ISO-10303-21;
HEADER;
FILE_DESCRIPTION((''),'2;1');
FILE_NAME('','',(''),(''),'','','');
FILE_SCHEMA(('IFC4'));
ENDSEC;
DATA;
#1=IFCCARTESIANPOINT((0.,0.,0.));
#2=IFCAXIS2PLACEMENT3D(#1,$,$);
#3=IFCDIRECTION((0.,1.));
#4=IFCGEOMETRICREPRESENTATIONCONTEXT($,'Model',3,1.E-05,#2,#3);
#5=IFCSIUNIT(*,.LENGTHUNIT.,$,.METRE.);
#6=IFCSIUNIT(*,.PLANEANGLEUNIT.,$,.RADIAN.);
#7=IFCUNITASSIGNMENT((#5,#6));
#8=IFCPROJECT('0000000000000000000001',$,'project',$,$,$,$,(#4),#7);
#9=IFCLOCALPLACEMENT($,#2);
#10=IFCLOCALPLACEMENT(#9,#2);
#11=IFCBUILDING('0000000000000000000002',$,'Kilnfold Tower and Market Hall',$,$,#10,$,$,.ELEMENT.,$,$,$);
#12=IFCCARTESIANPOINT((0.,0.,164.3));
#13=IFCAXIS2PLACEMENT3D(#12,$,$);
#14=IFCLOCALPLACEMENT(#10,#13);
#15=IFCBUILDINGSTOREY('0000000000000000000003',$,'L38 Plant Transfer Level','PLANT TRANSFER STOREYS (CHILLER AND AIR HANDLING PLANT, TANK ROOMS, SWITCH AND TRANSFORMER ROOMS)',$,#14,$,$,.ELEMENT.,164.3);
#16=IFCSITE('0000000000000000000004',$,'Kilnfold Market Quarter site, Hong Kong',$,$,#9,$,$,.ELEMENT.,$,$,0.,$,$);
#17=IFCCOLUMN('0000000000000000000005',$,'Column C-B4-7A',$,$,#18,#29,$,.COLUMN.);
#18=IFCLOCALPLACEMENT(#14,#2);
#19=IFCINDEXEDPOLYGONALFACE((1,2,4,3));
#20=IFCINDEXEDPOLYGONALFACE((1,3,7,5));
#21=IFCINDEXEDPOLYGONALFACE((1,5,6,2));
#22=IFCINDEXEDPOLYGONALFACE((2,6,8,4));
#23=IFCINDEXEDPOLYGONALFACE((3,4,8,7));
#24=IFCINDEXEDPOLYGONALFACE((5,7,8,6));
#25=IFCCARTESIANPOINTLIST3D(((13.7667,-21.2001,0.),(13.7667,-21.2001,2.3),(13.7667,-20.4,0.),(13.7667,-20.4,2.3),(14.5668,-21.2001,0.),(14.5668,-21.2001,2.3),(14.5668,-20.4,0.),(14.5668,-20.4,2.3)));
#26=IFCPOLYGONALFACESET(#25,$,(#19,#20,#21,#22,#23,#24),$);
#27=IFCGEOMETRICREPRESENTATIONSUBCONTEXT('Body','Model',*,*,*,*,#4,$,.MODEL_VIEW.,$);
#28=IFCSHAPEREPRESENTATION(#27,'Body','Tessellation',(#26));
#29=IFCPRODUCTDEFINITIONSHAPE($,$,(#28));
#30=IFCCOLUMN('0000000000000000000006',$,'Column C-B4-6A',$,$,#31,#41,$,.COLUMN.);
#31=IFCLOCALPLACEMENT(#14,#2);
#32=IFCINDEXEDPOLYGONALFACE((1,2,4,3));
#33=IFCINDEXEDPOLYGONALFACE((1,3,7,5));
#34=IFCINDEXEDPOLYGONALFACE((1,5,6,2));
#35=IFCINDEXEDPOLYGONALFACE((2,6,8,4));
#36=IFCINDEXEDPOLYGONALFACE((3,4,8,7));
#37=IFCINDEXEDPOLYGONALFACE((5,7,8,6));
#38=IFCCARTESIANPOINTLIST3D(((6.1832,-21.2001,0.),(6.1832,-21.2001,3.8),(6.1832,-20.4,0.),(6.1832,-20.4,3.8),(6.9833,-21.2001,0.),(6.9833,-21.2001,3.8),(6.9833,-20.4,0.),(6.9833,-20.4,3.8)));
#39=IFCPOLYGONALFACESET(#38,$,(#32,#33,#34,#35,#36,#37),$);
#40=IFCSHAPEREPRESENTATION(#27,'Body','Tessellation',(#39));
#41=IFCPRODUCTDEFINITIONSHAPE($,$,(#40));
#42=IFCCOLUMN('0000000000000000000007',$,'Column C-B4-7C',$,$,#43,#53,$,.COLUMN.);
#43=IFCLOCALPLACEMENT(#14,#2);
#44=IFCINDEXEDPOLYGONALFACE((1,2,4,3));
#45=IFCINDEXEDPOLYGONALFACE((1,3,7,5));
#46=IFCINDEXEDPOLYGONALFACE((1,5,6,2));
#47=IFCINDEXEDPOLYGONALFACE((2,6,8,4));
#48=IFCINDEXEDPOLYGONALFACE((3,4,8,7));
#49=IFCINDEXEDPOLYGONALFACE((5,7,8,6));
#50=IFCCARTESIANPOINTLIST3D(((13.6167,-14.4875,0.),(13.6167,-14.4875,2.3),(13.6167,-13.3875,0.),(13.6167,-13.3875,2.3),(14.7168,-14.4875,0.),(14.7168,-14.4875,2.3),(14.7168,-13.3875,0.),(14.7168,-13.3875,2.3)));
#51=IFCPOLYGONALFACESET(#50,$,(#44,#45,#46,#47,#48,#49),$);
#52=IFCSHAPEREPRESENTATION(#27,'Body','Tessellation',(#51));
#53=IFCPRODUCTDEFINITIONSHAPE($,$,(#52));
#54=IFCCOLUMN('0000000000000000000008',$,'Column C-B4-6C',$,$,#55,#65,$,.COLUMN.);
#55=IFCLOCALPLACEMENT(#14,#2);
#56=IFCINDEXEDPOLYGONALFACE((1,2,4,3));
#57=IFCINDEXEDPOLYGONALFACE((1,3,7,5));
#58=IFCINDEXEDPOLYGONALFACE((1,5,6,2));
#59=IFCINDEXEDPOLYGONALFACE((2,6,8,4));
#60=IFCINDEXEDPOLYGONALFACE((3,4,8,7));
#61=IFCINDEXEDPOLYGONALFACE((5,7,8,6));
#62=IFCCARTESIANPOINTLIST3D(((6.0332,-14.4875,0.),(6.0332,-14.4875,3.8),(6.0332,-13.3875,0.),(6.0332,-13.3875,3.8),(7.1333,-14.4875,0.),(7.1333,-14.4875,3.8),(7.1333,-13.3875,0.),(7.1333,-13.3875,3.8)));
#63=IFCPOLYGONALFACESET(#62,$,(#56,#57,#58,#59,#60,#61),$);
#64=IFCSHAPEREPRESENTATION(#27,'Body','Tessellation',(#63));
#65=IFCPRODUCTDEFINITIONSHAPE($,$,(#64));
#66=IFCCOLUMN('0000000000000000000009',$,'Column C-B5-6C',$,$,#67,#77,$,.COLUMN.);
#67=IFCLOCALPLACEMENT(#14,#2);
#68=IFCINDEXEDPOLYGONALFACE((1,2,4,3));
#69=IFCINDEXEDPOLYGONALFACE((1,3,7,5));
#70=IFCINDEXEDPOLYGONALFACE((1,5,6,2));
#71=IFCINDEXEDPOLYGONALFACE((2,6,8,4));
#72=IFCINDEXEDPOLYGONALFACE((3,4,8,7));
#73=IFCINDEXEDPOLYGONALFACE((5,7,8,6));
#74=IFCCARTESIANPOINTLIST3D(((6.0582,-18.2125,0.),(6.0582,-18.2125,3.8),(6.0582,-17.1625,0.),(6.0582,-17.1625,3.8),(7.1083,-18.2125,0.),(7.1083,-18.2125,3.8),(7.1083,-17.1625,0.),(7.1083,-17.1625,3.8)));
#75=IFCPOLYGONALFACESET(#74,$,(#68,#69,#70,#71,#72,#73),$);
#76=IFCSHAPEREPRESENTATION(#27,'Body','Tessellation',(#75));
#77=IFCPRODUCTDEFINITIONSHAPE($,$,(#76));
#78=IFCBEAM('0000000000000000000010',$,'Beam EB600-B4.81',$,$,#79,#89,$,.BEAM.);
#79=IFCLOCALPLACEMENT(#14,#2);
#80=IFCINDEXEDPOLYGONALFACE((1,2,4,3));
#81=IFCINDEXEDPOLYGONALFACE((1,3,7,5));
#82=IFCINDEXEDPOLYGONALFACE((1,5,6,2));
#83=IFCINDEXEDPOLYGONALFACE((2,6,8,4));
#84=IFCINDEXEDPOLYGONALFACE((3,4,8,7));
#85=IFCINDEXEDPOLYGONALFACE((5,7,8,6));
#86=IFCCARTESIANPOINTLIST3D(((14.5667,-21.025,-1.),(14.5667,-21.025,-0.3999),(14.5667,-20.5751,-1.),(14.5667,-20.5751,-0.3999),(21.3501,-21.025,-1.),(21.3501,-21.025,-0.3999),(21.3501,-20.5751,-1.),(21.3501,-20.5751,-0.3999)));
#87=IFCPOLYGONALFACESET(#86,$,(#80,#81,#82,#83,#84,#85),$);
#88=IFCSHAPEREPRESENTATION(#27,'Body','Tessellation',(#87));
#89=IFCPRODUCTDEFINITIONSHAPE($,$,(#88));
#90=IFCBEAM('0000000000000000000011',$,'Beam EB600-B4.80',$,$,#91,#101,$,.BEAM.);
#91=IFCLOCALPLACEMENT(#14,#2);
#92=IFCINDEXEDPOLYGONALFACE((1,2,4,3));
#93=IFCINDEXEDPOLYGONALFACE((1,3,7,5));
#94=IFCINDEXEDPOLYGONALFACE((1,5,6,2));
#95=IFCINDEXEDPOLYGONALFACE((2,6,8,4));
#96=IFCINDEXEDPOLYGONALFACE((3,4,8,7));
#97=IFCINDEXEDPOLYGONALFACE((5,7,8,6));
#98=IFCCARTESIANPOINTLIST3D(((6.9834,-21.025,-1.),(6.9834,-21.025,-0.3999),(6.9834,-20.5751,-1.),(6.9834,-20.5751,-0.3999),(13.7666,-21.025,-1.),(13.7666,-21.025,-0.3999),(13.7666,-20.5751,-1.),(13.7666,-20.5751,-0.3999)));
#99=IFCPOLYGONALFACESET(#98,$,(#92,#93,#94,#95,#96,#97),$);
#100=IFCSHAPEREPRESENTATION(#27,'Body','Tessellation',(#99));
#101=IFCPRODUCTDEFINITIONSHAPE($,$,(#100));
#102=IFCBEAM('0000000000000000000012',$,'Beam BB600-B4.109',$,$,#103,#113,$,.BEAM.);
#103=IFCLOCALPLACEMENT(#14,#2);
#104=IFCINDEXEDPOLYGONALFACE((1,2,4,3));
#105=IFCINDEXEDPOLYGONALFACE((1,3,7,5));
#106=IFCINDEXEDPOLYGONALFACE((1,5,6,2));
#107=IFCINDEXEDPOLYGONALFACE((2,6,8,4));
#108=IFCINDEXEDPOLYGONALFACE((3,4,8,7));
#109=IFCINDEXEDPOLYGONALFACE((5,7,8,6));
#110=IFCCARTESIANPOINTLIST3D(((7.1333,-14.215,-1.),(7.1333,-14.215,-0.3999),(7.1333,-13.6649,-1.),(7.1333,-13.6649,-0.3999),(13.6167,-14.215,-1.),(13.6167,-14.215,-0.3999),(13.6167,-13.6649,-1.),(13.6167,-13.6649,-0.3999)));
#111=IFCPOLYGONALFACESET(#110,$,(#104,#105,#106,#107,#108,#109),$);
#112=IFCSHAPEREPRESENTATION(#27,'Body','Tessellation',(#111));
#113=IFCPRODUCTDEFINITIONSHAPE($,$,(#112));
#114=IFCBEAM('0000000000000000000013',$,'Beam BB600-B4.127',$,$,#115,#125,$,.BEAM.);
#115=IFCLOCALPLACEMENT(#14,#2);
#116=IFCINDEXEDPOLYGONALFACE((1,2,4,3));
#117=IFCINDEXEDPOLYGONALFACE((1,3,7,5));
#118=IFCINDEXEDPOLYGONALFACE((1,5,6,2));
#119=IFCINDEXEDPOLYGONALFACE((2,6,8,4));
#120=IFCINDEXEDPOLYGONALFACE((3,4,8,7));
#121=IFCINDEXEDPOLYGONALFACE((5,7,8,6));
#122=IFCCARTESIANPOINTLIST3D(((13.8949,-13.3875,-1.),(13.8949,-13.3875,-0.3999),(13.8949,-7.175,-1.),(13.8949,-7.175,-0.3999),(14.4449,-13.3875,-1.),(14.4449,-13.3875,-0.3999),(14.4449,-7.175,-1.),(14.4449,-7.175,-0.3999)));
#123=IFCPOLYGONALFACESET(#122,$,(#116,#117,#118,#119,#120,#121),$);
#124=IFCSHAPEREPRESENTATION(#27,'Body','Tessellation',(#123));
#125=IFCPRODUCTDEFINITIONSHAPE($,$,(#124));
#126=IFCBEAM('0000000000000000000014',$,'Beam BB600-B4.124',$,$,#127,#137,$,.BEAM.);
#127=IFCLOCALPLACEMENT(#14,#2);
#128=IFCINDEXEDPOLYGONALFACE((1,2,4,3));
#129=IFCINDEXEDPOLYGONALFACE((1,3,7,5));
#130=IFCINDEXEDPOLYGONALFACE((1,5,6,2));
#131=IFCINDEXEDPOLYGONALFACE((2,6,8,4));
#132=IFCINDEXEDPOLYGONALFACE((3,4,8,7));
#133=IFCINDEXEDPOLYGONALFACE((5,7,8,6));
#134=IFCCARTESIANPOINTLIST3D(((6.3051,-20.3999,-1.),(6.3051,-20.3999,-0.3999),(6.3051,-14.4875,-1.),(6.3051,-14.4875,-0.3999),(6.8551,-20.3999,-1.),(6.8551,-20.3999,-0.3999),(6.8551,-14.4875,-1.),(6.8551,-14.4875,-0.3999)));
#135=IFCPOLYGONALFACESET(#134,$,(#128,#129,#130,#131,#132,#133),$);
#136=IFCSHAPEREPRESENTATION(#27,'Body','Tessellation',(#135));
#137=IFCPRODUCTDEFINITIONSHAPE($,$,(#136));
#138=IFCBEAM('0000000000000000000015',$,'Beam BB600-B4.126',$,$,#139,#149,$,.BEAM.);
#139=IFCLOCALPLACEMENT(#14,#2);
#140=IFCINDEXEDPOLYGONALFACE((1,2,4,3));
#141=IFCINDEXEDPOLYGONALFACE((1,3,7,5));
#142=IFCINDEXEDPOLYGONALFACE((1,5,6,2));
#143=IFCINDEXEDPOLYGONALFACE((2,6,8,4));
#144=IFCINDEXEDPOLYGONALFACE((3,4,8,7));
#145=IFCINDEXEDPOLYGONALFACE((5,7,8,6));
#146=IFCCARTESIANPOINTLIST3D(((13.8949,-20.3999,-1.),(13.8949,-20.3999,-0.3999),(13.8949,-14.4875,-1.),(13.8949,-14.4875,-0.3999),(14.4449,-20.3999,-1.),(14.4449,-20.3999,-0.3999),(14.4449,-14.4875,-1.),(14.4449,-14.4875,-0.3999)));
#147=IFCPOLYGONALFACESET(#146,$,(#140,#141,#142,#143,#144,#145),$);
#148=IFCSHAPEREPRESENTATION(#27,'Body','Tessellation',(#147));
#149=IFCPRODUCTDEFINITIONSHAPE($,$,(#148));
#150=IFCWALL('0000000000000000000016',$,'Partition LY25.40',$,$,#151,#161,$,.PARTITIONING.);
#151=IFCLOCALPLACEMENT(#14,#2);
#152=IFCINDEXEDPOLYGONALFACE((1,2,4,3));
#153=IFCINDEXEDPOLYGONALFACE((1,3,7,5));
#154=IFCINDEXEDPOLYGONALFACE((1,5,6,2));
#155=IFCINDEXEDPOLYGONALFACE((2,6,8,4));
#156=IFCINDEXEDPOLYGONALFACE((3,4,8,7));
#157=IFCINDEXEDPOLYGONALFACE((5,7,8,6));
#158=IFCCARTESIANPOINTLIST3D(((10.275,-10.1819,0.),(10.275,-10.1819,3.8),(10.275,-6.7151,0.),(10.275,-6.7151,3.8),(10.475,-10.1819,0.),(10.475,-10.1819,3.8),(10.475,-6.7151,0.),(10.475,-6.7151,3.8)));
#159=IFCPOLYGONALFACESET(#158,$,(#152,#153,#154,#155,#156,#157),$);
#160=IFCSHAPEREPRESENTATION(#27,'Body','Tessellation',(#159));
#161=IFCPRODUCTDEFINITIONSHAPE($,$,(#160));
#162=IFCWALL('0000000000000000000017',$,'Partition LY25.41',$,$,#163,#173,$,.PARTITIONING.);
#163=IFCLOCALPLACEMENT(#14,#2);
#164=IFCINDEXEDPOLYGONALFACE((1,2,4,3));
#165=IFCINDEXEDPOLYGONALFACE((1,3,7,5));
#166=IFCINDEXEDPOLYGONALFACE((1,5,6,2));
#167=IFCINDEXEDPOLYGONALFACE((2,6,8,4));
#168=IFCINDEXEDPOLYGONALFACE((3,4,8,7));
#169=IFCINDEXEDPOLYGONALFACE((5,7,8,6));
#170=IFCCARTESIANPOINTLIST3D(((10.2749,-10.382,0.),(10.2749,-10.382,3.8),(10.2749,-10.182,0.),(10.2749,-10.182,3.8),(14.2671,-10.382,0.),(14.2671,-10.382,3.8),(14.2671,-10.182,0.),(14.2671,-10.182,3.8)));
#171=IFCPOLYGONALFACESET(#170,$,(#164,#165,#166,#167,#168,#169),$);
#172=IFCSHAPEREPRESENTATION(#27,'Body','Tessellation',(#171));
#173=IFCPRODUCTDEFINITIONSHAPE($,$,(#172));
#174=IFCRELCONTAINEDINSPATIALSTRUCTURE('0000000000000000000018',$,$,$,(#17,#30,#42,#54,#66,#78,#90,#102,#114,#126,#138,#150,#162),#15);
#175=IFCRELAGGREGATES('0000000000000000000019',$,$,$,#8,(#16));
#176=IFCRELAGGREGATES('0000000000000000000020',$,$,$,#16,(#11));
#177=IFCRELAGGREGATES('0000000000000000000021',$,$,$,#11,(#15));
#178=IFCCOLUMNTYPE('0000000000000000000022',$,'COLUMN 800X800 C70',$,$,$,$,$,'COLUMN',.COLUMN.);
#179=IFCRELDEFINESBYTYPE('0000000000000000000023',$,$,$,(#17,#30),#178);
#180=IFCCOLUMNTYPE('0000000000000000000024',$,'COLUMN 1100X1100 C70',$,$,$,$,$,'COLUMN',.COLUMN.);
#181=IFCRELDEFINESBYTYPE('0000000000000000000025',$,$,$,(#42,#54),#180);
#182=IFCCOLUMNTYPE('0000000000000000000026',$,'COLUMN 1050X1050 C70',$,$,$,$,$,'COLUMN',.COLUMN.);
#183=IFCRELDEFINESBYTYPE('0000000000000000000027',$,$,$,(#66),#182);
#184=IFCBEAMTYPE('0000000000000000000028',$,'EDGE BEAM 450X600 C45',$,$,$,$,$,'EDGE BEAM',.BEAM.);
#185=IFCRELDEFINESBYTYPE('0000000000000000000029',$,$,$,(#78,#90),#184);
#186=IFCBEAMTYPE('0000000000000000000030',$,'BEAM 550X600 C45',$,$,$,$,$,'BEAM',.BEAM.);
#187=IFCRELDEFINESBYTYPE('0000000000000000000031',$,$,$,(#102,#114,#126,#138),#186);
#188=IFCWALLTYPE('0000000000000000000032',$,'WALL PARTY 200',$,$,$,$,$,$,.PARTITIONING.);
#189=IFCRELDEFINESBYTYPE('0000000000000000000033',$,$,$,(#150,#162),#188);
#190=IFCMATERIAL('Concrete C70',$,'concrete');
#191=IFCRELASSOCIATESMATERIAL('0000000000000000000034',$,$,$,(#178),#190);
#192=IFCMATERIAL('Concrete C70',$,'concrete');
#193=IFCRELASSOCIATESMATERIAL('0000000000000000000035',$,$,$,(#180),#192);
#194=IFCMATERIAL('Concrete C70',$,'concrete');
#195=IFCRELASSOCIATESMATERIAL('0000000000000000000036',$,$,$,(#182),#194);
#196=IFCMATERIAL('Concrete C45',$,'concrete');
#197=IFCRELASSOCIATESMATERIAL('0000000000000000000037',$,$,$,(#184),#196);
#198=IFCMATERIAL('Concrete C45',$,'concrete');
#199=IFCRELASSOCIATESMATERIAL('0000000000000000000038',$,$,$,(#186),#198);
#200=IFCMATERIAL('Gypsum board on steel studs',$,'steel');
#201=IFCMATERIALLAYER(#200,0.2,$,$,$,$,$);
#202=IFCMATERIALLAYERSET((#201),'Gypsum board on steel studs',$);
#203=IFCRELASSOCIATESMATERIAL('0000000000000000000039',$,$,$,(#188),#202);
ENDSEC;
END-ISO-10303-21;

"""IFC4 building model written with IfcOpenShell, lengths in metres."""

from ifc_helpers import new_model, si_unit, direction, frame, frame_2d, origin, origin_2d, place, context, subcontext, project, spatial, rectangle, extrude, source, transform, mapped, material, layer, layer_set, material_profile, profile_set, type_object, element, save


model = new_model("IFC4")

# Units and contexts
model_context = context("Model", 3, precision=1e-05, world=origin(), true_north=direction((0.0, 1.0)))
body_context = subcontext(model_context, "Body", "Model", "MODEL_VIEW")
ifc_project = project(units=[si_unit("LENGTHUNIT", "METRE"), si_unit("PLANEANGLEUNIT", "RADIAN")], contexts=[model_context])

# Site, building, storey
site_placement = place(None, origin())
site = spatial("IfcSite", under=ifc_project, at=site_placement, Name="Kilnfold Market Quarter site, Hong Kong", CompositionType="ELEMENT", RefElevation=0.0)
building_placement = place(site_placement, origin())
building = spatial("IfcBuilding", under=site, at=building_placement, Name="Kilnfold Tower and Market Hall", CompositionType="ELEMENT")
storey_placement = place(building_placement, frame((0.0, 0.0, 164.3)))
storey = spatial("IfcBuildingStorey", under=building, at=storey_placement, Name="L38 Plant Transfer Level", Description="PLANT TRANSFER STOREYS (CHILLER AND AIR HANDLING PLANT, TANK ROOMS, SWITCH AND TRANSFORMER ROOMS)", CompositionType="ELEMENT", Elevation=164.3)

# Columns
ifc_material_1 = material(Name="Concrete C70", Category="concrete")
ifc_material_profile_1 = material_profile(ifc_material_1, rectangle(XDim=0.8, YDim=0.8, at=origin_2d()), Name="RC 800x800")
ifc_profile_set_1 = profile_set([ifc_material_profile_1], Name="Concrete C70")
column_type_1 = type_object("IfcColumnType", Name="COLUMN 800X800 C70", ElementType="COLUMN", PredefinedType="COLUMN", material=ifc_profile_set_1)
shared_shape_1 = source(origin(), body_context, "Body", "SweptSolid", [
    extrude(rectangle(XDim=0.8, YDim=0.8, at=origin_2d()), origin(), (0.0, 0.0, 1.0), 2.3),
])
column_1_placement = place(storey_placement, frame((14.1667, -20.8, 0.0), z_axis=(0.0, 0.0, 1.0), x_axis=(1.0, 0.0, 0.0)))
element("IfcColumn", 1, at=column_1_placement, inside=storey, type_object=column_type_1, Name="Column C-B4-7A", PredefinedType="COLUMN", context=body_context, shape_type="MappedRepresentation", body=[
    mapped(shared_shape_1, transform((0.0, 0.0, 0.0))),
])
shared_shape_2 = source(origin(), body_context, "Body", "SweptSolid", [
    extrude(rectangle(XDim=0.8, YDim=0.8, at=origin_2d()), origin(), (0.0, 0.0, 1.0), 3.8),
])
column_2_placement = place(storey_placement, frame((6.5833, -20.8, 0.0), z_axis=(0.0, 0.0, 1.0), x_axis=(1.0, 0.0, 0.0)))
element("IfcColumn", 2, at=column_2_placement, inside=storey, type_object=column_type_1, Name="Column C-B4-6A", PredefinedType="COLUMN", context=body_context, shape_type="MappedRepresentation", body=[
    mapped(shared_shape_2, transform((0.0, 0.0, 0.0))),
])
ifc_material_2 = material(Name="Concrete C70", Category="concrete")
ifc_material_profile_2 = material_profile(ifc_material_2, rectangle(XDim=1.1001, YDim=1.1001, at=origin_2d()), Name="RC 1100x1100")
ifc_profile_set_2 = profile_set([ifc_material_profile_2], Name="Concrete C70")
column_type_2 = type_object("IfcColumnType", Name="COLUMN 1100X1100 C70", ElementType="COLUMN", PredefinedType="COLUMN", material=ifc_profile_set_2)
shared_shape_3 = source(origin(), body_context, "Body", "SweptSolid", [
    extrude(rectangle(XDim=1.1001, YDim=1.1001, at=origin_2d()), origin(), (0.0, 0.0, 1.0), 2.3),
])
column_3_placement = place(storey_placement, frame((14.1667, -13.9375, 0.0), z_axis=(0.0, 0.0, 1.0), x_axis=(1.0, 0.0, 0.0)))
element("IfcColumn", 3, at=column_3_placement, inside=storey, type_object=column_type_2, Name="Column C-B4-7C", PredefinedType="COLUMN", context=body_context, shape_type="MappedRepresentation", body=[
    mapped(shared_shape_3, transform((0.0, 0.0, 0.0))),
])
shared_shape_4 = source(origin(), body_context, "Body", "SweptSolid", [
    extrude(rectangle(XDim=1.1001, YDim=1.1001, at=origin_2d()), origin(), (0.0, 0.0, 1.0), 3.8),
])
column_4_placement = place(storey_placement, frame((6.5833, -13.9375, 0.0), z_axis=(0.0, 0.0, 1.0), x_axis=(1.0, 0.0, 0.0)))
element("IfcColumn", 4, at=column_4_placement, inside=storey, type_object=column_type_2, Name="Column C-B4-6C", PredefinedType="COLUMN", context=body_context, shape_type="MappedRepresentation", body=[
    mapped(shared_shape_4, transform((0.0, 0.0, 0.0))),
])
ifc_material_3 = material(Name="Concrete C70", Category="concrete")
ifc_material_profile_3 = material_profile(ifc_material_3, rectangle(XDim=1.05, YDim=1.05, at=origin_2d()), Name="RC 1050x1050")
ifc_profile_set_3 = profile_set([ifc_material_profile_3], Name="Concrete C70")
column_type_3 = type_object("IfcColumnType", Name="COLUMN 1050X1050 C70", ElementType="COLUMN", PredefinedType="COLUMN", material=ifc_profile_set_3)
shared_shape_5 = source(origin(), body_context, "Body", "SweptSolid", [
    extrude(rectangle(XDim=1.05, YDim=1.05, at=origin_2d()), origin(), (0.0, 0.0, 1.0), 3.8),
])
column_5_placement = place(storey_placement, frame((6.5833, -17.6875, 0.0), z_axis=(0.0, 0.0, 1.0), x_axis=(1.0, 0.0, 0.0)))
element("IfcColumn", 5, at=column_5_placement, inside=storey, type_object=column_type_3, Name="Column C-B5-6C", PredefinedType="COLUMN", context=body_context, shape_type="MappedRepresentation", body=[
    mapped(shared_shape_5, transform((0.0, 0.0, 0.0))),
])

# Beams
ifc_material_4 = material(Name="Concrete C45", Category="concrete")
ifc_material_profile_4 = material_profile(ifc_material_4, rectangle(XDim=0.45, YDim=0.6001, at=origin_2d()), Name="RC 450x600")
ifc_profile_set_4 = profile_set([ifc_material_profile_4], Name="Concrete C45")
beam_type_1 = type_object("IfcBeamType", Name="EDGE BEAM 450X600 C45", ElementType="EDGE BEAM", PredefinedType="BEAM", material=ifc_profile_set_4)
shared_shape_6 = source(origin(), body_context, "Body", "SweptSolid", [
    extrude(rectangle(XDim=0.45, YDim=0.6001, at=origin_2d()), origin(), (0.0, 0.0, 1.0), 6.7834),
])
beam_1_placement = place(storey_placement, frame((14.5667, -20.8, -0.7), z_axis=(1.0, 0.0, 0.0), x_axis=(0.0, 1.0, 0.0)))
element("IfcBeam", 6, at=beam_1_placement, inside=storey, type_object=beam_type_1, Name="Beam EB600-B4.81", PredefinedType="BEAM", context=body_context, shape_type="MappedRepresentation", body=[
    mapped(shared_shape_6, transform((0.0, 0.0, 0.0))),
])
shared_shape_7 = source(origin(), body_context, "Body", "SweptSolid", [
    extrude(rectangle(XDim=0.45, YDim=0.6001, at=origin_2d()), origin(), (0.0, 0.0, 1.0), 6.7832),
])
beam_2_placement = place(storey_placement, frame((6.9834, -20.8, -0.7), z_axis=(1.0, 0.0, 0.0), x_axis=(0.0, 1.0, 0.0)))
element("IfcBeam", 7, at=beam_2_placement, inside=storey, type_object=beam_type_1, Name="Beam EB600-B4.80", PredefinedType="BEAM", context=body_context, shape_type="MappedRepresentation", body=[
    mapped(shared_shape_7, transform((0.0, 0.0, 0.0))),
])
ifc_material_5 = material(Name="Concrete C45", Category="concrete")
ifc_material_profile_5 = material_profile(ifc_material_5, rectangle(XDim=0.55, YDim=0.6001, at=origin_2d()), Name="RC 550x600")
ifc_profile_set_5 = profile_set([ifc_material_profile_5], Name="Concrete C45")
beam_type_2 = type_object("IfcBeamType", Name="BEAM 550X600 C45", ElementType="BEAM", PredefinedType="BEAM", material=ifc_profile_set_5)
shared_shape_8 = source(origin(), body_context, "Body", "SweptSolid", [
    extrude(rectangle(XDim=0.55, YDim=0.6001, at=origin_2d()), origin(), (0.0, 0.0, 1.0), 6.4834),
])
beam_3_placement = place(storey_placement, frame((7.1333, -13.9399, -0.7), z_axis=(1.0, 0.0, 0.0), x_axis=(0.0, 1.0, 0.0)))
element("IfcBeam", 8, at=beam_3_placement, inside=storey, type_object=beam_type_2, Name="Beam BB600-B4.109", PredefinedType="BEAM", context=body_context, shape_type="MappedRepresentation", body=[
    mapped(shared_shape_8, transform((0.0, 0.0, 0.0))),
])
shared_shape_9 = source(origin(), body_context, "Body", "SweptSolid", [
    extrude(rectangle(XDim=0.55, YDim=0.6001, at=origin_2d()), origin(), (0.0, 0.0, 1.0), 6.2124),
])
beam_4_placement = place(storey_placement, frame((14.1699, -13.3875, -0.7), z_axis=(0.0, 1.0, 0.0), x_axis=(-1.0, 0.0, 0.0)))
element("IfcBeam", 9, at=beam_4_placement, inside=storey, type_object=beam_type_2, Name="Beam BB600-B4.127", PredefinedType="BEAM", context=body_context, shape_type="MappedRepresentation", body=[
    mapped(shared_shape_9, transform((0.0, 0.0, 0.0))),
])
shared_shape_10 = source(origin(), body_context, "Body", "SweptSolid", [
    extrude(rectangle(XDim=0.55, YDim=0.6001, at=origin_2d()), origin(), (0.0, 0.0, 1.0), 5.9124),
])
for number, where, z_axis, x_axis, name in (
    (10, (6.5801, -20.3999, -0.7), (0.0, 1.0, 0.0), (-1.0, 0.0, 0.0), "Beam BB600-B4.124"),
    (11, (14.1699, -20.3999, -0.7), (0.0, 1.0, 0.0), (-1.0, 0.0, 0.0), "Beam BB600-B4.126"),
):
    element("IfcBeam", number, at=place(storey_placement, frame(where, z_axis=z_axis, x_axis=x_axis)), inside=storey, type_object=beam_type_2, Name=name, PredefinedType="BEAM", context=body_context, shape_type="MappedRepresentation", body=[
        mapped(shared_shape_10, transform((0.0, 0.0, 0.0))),
    ])

# Walls
ifc_material_6 = material(Name="Gypsum board on steel studs", Category="steel")
ifc_layer_1 = layer(ifc_material_6, 0.2)
ifc_layer_set_1 = layer_set([ifc_layer_1], Name="Gypsum board on steel studs")
wall_type_1 = type_object("IfcWallType", Name="WALL PARTY 200", PredefinedType="PARTITIONING", material=ifc_layer_set_1)
wall_1_placement = place(storey_placement, frame((10.375, -10.1819, 0.0), z_axis=(0.0, 0.0, 1.0), x_axis=(0.0, 1.0, 0.0)))
element("IfcWall", 12, at=wall_1_placement, inside=storey, type_object=wall_type_1, Name="Partition LY25.40", PredefinedType="PARTITIONING", context=body_context, shape_type="SweptSolid", body=[
    extrude(rectangle(XDim=3.4668, YDim=0.2, at=frame_2d((1.7334, 0.0))), origin(), (0.0, 0.0, 1.0), 3.8),
])
wall_2_placement = place(storey_placement, frame((10.2749, -10.282, 0.0), z_axis=(0.0, 0.0, 1.0), x_axis=(1.0, 0.0, 0.0)))
element("IfcWall", 13, at=wall_2_placement, inside=storey, type_object=wall_type_1, Name="Partition LY25.41", PredefinedType="PARTITIONING", context=body_context, shape_type="SweptSolid", body=[
    extrude(rectangle(XDim=3.9922, YDim=0.2, at=frame_2d((1.9961, 0.0))), origin(), (0.0, 0.0, 1.0), 3.8),
])

save(model, "model.ifc")
